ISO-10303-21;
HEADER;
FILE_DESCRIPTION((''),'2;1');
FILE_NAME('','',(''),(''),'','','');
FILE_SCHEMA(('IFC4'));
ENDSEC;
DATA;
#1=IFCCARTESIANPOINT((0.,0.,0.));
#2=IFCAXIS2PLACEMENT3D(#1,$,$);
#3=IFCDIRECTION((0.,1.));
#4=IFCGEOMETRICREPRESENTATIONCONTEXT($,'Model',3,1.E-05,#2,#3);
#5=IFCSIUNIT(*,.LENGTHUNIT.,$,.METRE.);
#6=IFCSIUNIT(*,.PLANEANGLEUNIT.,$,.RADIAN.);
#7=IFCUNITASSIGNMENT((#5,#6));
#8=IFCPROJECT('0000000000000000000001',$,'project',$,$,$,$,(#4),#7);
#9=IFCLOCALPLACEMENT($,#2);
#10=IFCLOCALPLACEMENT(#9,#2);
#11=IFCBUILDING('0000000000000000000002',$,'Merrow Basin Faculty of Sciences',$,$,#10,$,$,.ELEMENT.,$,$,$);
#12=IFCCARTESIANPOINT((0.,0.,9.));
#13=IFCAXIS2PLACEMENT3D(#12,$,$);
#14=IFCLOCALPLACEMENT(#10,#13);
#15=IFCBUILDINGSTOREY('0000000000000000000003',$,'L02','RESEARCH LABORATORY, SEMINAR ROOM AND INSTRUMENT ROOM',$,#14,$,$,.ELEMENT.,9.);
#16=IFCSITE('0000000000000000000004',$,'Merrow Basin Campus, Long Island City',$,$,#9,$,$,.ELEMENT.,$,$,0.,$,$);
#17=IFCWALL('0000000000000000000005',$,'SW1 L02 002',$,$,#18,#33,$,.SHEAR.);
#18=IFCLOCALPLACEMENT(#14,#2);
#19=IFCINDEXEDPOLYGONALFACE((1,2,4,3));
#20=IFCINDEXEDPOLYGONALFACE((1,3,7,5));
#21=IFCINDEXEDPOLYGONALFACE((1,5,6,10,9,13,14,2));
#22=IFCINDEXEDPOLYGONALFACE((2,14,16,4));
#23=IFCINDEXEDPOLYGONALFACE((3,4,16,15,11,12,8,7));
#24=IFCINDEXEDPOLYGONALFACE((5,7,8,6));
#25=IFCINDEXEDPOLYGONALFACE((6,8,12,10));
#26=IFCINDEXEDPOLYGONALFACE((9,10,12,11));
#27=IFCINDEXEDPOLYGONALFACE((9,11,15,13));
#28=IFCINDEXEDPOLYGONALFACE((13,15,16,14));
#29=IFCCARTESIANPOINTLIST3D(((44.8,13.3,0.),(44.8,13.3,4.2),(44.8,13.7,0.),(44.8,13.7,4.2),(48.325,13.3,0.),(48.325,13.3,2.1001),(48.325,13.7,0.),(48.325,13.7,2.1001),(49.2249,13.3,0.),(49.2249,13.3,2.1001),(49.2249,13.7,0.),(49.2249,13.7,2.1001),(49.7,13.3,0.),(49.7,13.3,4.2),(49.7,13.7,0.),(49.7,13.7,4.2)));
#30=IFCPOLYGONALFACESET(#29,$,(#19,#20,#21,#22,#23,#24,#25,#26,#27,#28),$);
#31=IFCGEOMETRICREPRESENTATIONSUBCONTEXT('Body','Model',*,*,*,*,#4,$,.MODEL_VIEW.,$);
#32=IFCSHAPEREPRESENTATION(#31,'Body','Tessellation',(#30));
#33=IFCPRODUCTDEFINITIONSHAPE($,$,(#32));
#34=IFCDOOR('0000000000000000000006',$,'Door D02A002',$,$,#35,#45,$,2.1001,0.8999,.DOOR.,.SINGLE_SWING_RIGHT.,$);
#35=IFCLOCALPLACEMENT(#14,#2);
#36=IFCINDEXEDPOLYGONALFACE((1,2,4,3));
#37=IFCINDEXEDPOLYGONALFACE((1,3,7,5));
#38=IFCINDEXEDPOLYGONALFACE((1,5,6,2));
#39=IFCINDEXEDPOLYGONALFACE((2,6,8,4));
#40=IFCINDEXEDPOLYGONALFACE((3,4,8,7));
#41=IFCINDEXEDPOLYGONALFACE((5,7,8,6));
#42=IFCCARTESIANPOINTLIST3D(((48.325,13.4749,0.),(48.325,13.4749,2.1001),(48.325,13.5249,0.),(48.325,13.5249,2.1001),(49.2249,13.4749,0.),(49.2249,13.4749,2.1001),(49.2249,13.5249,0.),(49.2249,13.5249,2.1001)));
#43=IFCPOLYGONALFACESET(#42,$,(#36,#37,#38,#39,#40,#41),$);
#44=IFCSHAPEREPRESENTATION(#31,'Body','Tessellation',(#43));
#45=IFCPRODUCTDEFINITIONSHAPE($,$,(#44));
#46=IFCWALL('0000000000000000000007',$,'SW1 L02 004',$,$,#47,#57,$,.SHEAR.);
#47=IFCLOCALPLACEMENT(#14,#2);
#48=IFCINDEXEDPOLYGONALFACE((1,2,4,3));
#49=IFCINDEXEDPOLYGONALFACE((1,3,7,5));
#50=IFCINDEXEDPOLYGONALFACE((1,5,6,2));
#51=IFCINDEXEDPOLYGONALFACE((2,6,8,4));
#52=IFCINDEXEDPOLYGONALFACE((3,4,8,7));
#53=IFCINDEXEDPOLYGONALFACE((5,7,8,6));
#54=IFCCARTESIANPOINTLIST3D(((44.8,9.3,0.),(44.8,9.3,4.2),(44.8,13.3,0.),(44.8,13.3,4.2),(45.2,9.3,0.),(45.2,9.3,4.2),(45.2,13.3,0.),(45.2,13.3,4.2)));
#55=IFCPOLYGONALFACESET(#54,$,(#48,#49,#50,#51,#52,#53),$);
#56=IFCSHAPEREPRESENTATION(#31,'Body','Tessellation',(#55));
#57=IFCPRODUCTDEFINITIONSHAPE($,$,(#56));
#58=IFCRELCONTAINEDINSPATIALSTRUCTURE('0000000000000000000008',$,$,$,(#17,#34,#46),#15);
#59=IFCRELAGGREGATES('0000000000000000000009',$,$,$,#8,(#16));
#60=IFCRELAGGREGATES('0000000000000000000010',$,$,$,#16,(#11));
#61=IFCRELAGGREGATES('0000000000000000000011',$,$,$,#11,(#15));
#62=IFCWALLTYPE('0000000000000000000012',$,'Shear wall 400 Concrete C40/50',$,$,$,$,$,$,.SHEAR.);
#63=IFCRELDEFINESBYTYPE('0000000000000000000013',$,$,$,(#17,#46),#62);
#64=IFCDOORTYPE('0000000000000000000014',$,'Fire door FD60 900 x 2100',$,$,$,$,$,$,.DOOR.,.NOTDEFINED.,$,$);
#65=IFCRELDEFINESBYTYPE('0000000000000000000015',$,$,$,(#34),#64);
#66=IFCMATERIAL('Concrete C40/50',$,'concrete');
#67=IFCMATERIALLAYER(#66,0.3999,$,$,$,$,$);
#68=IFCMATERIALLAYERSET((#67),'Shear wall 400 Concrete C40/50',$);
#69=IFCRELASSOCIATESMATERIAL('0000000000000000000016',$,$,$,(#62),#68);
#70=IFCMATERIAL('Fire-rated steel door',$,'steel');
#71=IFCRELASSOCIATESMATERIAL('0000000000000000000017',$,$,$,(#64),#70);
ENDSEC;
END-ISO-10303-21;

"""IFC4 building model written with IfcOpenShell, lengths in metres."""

from ifc_helpers import new_model, si_unit, direction, frame, frame_2d, origin, place, context, subcontext, project, spatial, rectangle, extrude, material, layer, layer_set, type_object, element, fill, save


model = new_model("IFC4")

# Units and contexts
model_context = context("Model", 3, precision=1e-05, world=origin(), true_north=direction((0.0, 1.0)))
body_context = subcontext(model_context, "Body", "Model", "MODEL_VIEW")
ifc_project = project(units=[si_unit("LENGTHUNIT", "METRE"), si_unit("PLANEANGLEUNIT", "RADIAN")], contexts=[model_context])

# Site, building, storey
site_placement = place(None, origin())
site = spatial("IfcSite", under=ifc_project, at=site_placement, Name="Merrow Basin Campus, Long Island City", CompositionType="ELEMENT", RefElevation=0.0)
building_placement = place(site_placement, origin())
building = spatial("IfcBuilding", under=site, at=building_placement, Name="Merrow Basin Faculty of Sciences", CompositionType="ELEMENT")
storey_placement = place(building_placement, frame((0.0, 0.0, 9.0)))
storey = spatial("IfcBuildingStorey", under=building, at=storey_placement, Name="L02", Description="RESEARCH LABORATORY, SEMINAR ROOM AND INSTRUMENT ROOM", CompositionType="ELEMENT", Elevation=9.0)

# Wall, opening, door
ifc_material_1 = material(Name="Concrete C40/50", Category="concrete")
ifc_layer_1 = layer(ifc_material_1, 0.3999)
ifc_layer_set_1 = layer_set([ifc_layer_1], Name="Shear wall 400 Concrete C40/50")
wall_type_1 = type_object("IfcWallType", Name="Shear wall 400 Concrete C40/50", PredefinedType="SHEAR", material=ifc_layer_set_1)
wall_1_placement = place(storey_placement, frame((44.8, 13.5, 0.0), z_axis=(0.0, 0.0, 1.0), x_axis=(1.0, 0.0, 0.0)))
wall_1 = element("IfcWall", 1, at=wall_1_placement, inside=storey, type_object=wall_type_1, Name="SW1 L02 002", PredefinedType="SHEAR", context=body_context, shape_type="SweptSolid", body=[
    extrude(rectangle(XDim=4.8999, YDim=0.3999, at=frame_2d((2.45, 0.0))), origin(), (0.0, 0.0, 1.0), 4.2),
])
opening_1_placement = place(wall_1_placement, frame((3.5249, 0.0, 0.0)))
opening_1 = element("IfcOpeningElement", 2, at=opening_1_placement, cuts=wall_1, PredefinedType="OPENING", context=body_context, shape_type="SweptSolid", body=[
    extrude(rectangle(XDim=0.8999, YDim=2.1001, at=frame_2d((0.45, 1.05))), frame((0.0, 0.21, 0.0), z_axis=(0.0, -1.0, 0.0), x_axis=(1.0, 0.0, 0.0)), (0.0, 0.0, 1.0), 0.4199),
])
ifc_material_2 = material(Name="Fire-rated steel door", Category="steel")
door_type_1 = type_object("IfcDoorType", Name="Fire door FD60 900 x 2100", OperationType="NOTDEFINED", PredefinedType="DOOR", material=ifc_material_2)
door_1_placement = place(opening_1_placement, origin())
door_1 = element("IfcDoor", 3, at=door_1_placement, inside=storey, type_object=door_type_1, Name="Door D02A002", OperationType="SINGLE_SWING_RIGHT", OverallHeight=2.1001, OverallWidth=0.8999, PredefinedType="DOOR", context=body_context, shape_type="SweptSolid", body=[
    extrude(rectangle(XDim=0.8999, YDim=2.1001, at=frame_2d((0.45, 1.05))), frame((0.0, 0.0249, 0.0), z_axis=(0.0, -1.0, 0.0), x_axis=(1.0, 0.0, 0.0)), (0.0, 0.0, 1.0), 0.05),
])
fill(opening_1, door_1)

# Wall
wall_2_placement = place(storey_placement, frame((45.0, 9.3, 0.0), z_axis=(0.0, 0.0, 1.0), x_axis=(0.0, 1.0, 0.0)))
element("IfcWall", 4, at=wall_2_placement, inside=storey, type_object=wall_type_1, Name="SW1 L02 004", PredefinedType="SHEAR", context=body_context, shape_type="SweptSolid", body=[
    extrude(rectangle(XDim=4.0, YDim=0.3999, at=frame_2d((2.0, 0.0))), origin(), (0.0, 0.0, 1.0), 4.2),
])

save(model, "model.ifc")
